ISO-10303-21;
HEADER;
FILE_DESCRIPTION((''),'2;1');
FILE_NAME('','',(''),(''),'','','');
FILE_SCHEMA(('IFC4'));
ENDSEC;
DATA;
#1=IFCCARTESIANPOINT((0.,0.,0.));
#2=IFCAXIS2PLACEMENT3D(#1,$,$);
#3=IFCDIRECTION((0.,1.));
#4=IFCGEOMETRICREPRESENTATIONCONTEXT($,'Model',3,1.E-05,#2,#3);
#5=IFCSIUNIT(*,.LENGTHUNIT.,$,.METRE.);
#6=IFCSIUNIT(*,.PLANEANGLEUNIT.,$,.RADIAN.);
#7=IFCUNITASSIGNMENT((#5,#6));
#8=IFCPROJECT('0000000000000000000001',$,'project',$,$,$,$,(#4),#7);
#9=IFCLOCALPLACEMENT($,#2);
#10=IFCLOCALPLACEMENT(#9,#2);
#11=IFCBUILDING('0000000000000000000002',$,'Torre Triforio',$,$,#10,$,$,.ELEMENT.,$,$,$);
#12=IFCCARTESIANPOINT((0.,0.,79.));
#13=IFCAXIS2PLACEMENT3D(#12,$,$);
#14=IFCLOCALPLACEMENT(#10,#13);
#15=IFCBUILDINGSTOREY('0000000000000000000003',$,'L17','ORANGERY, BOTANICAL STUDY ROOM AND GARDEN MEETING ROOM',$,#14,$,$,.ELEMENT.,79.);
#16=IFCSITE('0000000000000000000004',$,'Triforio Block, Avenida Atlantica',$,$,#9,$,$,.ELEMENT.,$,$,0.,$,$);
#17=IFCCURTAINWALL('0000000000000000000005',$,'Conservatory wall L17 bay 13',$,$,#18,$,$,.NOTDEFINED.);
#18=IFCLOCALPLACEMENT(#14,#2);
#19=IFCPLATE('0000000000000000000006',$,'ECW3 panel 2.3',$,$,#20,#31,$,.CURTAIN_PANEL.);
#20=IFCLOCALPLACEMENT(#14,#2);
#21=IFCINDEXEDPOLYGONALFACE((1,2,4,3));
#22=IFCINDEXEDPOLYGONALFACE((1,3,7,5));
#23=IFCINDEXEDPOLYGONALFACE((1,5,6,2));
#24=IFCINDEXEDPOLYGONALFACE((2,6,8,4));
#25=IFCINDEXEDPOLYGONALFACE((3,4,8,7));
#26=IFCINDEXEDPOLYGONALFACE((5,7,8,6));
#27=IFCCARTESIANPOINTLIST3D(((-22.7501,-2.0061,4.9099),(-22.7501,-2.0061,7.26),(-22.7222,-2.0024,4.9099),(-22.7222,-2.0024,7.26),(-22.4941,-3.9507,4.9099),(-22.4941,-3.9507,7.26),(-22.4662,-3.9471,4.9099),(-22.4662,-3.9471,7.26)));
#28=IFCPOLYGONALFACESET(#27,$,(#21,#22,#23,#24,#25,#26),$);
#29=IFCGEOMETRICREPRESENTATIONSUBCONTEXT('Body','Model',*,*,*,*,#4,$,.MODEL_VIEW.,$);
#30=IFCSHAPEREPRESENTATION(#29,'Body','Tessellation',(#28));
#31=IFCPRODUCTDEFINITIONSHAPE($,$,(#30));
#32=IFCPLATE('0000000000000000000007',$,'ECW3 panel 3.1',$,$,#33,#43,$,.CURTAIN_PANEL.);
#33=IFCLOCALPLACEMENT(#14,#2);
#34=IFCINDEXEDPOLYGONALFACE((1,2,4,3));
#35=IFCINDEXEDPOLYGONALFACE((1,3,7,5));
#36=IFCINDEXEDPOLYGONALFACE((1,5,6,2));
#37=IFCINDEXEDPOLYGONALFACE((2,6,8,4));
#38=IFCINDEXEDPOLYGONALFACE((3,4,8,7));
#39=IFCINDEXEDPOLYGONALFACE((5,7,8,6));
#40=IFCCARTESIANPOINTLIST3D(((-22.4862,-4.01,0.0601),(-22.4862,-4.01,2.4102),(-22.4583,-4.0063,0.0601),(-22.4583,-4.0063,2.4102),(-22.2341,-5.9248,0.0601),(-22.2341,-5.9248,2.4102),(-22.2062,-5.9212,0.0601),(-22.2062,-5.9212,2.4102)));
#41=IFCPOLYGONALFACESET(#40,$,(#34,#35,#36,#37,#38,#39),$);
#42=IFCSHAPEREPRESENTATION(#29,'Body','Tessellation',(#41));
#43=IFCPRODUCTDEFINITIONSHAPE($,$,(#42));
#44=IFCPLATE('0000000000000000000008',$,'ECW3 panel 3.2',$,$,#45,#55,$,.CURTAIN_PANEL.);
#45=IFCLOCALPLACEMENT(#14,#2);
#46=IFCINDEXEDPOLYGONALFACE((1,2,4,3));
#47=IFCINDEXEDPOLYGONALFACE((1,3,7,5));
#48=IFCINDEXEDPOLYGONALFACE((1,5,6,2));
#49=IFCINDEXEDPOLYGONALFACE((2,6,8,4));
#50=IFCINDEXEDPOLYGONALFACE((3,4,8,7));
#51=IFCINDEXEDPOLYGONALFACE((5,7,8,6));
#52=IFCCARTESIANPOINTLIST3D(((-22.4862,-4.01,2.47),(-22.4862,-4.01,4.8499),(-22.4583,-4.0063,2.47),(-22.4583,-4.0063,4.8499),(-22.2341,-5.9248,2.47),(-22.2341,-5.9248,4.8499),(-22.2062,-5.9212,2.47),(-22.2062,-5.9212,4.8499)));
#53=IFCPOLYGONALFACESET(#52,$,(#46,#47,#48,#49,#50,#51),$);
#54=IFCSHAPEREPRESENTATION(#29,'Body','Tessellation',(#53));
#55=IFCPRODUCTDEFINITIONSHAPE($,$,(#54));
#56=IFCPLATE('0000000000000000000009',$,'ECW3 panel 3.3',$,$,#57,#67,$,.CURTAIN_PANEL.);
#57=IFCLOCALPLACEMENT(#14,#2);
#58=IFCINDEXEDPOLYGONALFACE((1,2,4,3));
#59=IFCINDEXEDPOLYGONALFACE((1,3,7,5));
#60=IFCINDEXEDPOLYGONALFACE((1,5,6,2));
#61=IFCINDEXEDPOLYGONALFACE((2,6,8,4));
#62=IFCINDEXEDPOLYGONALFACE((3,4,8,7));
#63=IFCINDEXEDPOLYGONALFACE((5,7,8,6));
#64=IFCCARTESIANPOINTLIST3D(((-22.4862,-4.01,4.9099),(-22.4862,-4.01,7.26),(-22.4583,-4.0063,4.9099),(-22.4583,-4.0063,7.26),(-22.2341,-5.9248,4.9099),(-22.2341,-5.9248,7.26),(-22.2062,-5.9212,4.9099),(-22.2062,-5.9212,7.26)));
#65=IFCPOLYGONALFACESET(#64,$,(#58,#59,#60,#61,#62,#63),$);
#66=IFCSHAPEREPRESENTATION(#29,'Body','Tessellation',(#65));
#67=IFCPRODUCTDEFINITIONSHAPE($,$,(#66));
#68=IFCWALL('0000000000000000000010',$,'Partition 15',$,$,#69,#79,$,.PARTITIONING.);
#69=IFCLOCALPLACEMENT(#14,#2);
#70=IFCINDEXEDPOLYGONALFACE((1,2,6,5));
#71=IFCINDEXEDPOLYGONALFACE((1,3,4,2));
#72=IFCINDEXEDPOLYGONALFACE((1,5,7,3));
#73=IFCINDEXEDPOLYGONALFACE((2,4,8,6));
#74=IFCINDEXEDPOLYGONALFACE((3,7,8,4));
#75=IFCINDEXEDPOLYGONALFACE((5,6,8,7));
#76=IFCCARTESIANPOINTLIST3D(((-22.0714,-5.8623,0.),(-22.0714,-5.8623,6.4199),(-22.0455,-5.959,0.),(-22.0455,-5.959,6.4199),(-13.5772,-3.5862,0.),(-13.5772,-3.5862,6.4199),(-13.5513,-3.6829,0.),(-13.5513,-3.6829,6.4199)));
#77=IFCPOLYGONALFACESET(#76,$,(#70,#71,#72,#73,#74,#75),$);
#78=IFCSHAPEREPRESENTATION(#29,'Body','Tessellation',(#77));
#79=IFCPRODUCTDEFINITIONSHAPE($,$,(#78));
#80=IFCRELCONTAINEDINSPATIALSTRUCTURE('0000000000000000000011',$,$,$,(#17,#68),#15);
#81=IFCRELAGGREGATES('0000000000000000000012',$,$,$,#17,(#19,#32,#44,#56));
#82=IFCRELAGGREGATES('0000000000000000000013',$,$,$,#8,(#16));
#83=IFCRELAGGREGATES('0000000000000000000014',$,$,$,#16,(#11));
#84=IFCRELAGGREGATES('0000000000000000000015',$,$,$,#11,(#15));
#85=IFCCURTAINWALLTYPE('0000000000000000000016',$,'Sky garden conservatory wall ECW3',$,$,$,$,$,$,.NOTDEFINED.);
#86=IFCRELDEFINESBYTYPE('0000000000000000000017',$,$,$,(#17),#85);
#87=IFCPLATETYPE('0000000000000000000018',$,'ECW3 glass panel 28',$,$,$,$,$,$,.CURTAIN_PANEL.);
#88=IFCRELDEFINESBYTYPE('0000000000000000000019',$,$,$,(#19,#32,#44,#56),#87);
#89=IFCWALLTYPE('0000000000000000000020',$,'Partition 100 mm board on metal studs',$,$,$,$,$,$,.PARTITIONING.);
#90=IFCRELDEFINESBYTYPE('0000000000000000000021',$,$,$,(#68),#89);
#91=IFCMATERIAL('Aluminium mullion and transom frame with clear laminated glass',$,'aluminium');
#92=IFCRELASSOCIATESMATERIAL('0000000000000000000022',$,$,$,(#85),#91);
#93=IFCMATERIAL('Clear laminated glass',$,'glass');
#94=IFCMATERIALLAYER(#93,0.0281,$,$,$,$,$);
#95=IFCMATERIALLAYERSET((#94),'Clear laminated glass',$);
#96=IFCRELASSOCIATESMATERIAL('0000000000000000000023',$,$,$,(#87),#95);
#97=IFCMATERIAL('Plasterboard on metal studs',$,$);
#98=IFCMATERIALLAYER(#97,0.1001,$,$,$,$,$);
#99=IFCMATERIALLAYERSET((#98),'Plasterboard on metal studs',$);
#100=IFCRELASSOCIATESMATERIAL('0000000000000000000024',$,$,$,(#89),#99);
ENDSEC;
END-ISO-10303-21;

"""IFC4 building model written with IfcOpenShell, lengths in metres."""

from ifc_helpers import new_model, si_unit, direction, frame, frame_2d, origin, origin_2d, place, context, subcontext, project, spatial, rectangle, extrude, material, layer, layer_set, type_object, element, aggregate, save


model = new_model("IFC4")

# Units and contexts
model_context = context("Model", 3, precision=1e-05, world=origin(), true_north=direction((0.0, 1.0)))
body_context = subcontext(model_context, "Body", "Model", "MODEL_VIEW")
ifc_project = project(units=[si_unit("LENGTHUNIT", "METRE"), si_unit("PLANEANGLEUNIT", "RADIAN")], contexts=[model_context])

# Site, building, storey
site_placement = place(None, origin())
site = spatial("IfcSite", under=ifc_project, at=site_placement, Name="Triforio Block, Avenida Atlantica", CompositionType="ELEMENT", RefElevation=0.0)
building_placement = place(site_placement, origin())
building = spatial("IfcBuilding", under=site, at=building_placement, Name="Torre Triforio", CompositionType="ELEMENT")
storey_placement = place(building_placement, frame((0.0, 0.0, 79.0)))
storey = spatial("IfcBuildingStorey", under=building, at=storey_placement, Name="L17", Description="ORANGERY, BOTANICAL STUDY ROOM AND GARDEN MEETING ROOM", CompositionType="ELEMENT", Elevation=79.0)

# Curtain wall, plates
ifc_material_1 = material(Name="Aluminium mullion and transom frame with clear laminated glass", Category="aluminium")
curtain_wall_type = type_object("IfcCurtainWallType", Name="Sky garden conservatory wall ECW3", PredefinedType="NOTDEFINED", material=ifc_material_1)
curtain_wall_placement = place(storey_placement, origin())
curtain_wall = element("IfcCurtainWall", 1, at=curtain_wall_placement, inside=storey, type_object=curtain_wall_type, Name="Conservatory wall L17 bay 13", PredefinedType="NOTDEFINED")
ifc_material_2 = material(Name="Clear laminated glass", Category="glass")
ifc_layer_1 = layer(ifc_material_2, 0.0281)
ifc_layer_set_1 = layer_set([ifc_layer_1], Name="Clear laminated glass")
plate_type = type_object("IfcPlateType", Name="ECW3 glass panel 28", PredefinedType="CURTAIN_PANEL", material=ifc_layer_set_1)
plate_1_placement = place(storey_placement, frame((-22.6082, -2.9766, 4.9099), z_axis=(0.0, 0.0, 1.0), x_axis=(0.130521, -0.991446, 0.0)))
plate_1 = element("IfcPlate", 2, at=plate_1_placement, type_object=plate_type, Name="ECW3 panel 2.3", PredefinedType="CURTAIN_PANEL", context=body_context, shape_type="SweptSolid", body=[
    extrude(rectangle(XDim=1.9614, YDim=0.0281, at=origin_2d()), origin(), (0.0, 0.0, 1.0), 2.3501),
])
plate_2_placement = place(storey_placement, frame((-22.3462, -4.9656, 0.0601), z_axis=(0.0, 0.0, 1.0), x_axis=(0.130521, -0.991446, 0.0)))
plate_2 = element("IfcPlate", 3, at=plate_2_placement, type_object=plate_type, Name="ECW3 panel 3.1", PredefinedType="CURTAIN_PANEL", context=body_context, shape_type="SweptSolid", body=[
    extrude(rectangle(XDim=1.9314, YDim=0.0281, at=origin_2d()), origin(), (0.0, 0.0, 1.0), 2.3501),
])
plate_3_placement = place(storey_placement, frame((-22.3462, -4.9656, 2.47), z_axis=(0.0, 0.0, 1.0), x_axis=(0.130521, -0.991446, 0.0)))
plate_3 = element("IfcPlate", 4, at=plate_3_placement, type_object=plate_type, Name="ECW3 panel 3.2", PredefinedType="CURTAIN_PANEL", context=body_context, shape_type="SweptSolid", body=[
    extrude(rectangle(XDim=1.9314, YDim=0.0281, at=origin_2d()), origin(), (0.0, 0.0, 1.0), 2.3799),
])
plate_4_placement = place(storey_placement, frame((-22.3462, -4.9656, 4.9099), z_axis=(0.0, 0.0, 1.0), x_axis=(0.130521, -0.991446, 0.0)))
plate_4 = element("IfcPlate", 5, at=plate_4_placement, type_object=plate_type, Name="ECW3 panel 3.3", PredefinedType="CURTAIN_PANEL", context=body_context, shape_type="SweptSolid", body=[
    extrude(rectangle(XDim=1.9314, YDim=0.0281, at=origin_2d()), origin(), (0.0, 0.0, 1.0), 2.3501),
])
aggregate(curtain_wall, [plate_1, plate_2, plate_3, plate_4])

# Wall
ifc_material_3 = material(Name="Plasterboard on metal studs")
ifc_layer_2 = layer(ifc_material_3, 0.1001)
ifc_layer_set_2 = layer_set([ifc_layer_2], Name="Plasterboard on metal studs")
wall_type_1 = type_object("IfcWallType", Name="Partition 100 mm board on metal studs", PredefinedType="PARTITIONING", material=ifc_layer_set_2)
wall_1_placement = place(storey_placement, frame((-13.5642, -3.6345, 0.0), z_axis=(0.0, 0.0, 1.0), x_axis=(-0.965924, -0.258825, 0.0)))
element("IfcWall", 6, at=wall_1_placement, inside=storey, type_object=wall_type_1, Name="Partition 15", PredefinedType="PARTITIONING", context=body_context, shape_type="SweptSolid", body=[
    extrude(rectangle(XDim=8.7939, YDim=0.1001, at=frame_2d((4.397, 0.0))), origin(), (0.0, 0.0, 1.0), 6.4199),
])

save(model, "model.ifc")
